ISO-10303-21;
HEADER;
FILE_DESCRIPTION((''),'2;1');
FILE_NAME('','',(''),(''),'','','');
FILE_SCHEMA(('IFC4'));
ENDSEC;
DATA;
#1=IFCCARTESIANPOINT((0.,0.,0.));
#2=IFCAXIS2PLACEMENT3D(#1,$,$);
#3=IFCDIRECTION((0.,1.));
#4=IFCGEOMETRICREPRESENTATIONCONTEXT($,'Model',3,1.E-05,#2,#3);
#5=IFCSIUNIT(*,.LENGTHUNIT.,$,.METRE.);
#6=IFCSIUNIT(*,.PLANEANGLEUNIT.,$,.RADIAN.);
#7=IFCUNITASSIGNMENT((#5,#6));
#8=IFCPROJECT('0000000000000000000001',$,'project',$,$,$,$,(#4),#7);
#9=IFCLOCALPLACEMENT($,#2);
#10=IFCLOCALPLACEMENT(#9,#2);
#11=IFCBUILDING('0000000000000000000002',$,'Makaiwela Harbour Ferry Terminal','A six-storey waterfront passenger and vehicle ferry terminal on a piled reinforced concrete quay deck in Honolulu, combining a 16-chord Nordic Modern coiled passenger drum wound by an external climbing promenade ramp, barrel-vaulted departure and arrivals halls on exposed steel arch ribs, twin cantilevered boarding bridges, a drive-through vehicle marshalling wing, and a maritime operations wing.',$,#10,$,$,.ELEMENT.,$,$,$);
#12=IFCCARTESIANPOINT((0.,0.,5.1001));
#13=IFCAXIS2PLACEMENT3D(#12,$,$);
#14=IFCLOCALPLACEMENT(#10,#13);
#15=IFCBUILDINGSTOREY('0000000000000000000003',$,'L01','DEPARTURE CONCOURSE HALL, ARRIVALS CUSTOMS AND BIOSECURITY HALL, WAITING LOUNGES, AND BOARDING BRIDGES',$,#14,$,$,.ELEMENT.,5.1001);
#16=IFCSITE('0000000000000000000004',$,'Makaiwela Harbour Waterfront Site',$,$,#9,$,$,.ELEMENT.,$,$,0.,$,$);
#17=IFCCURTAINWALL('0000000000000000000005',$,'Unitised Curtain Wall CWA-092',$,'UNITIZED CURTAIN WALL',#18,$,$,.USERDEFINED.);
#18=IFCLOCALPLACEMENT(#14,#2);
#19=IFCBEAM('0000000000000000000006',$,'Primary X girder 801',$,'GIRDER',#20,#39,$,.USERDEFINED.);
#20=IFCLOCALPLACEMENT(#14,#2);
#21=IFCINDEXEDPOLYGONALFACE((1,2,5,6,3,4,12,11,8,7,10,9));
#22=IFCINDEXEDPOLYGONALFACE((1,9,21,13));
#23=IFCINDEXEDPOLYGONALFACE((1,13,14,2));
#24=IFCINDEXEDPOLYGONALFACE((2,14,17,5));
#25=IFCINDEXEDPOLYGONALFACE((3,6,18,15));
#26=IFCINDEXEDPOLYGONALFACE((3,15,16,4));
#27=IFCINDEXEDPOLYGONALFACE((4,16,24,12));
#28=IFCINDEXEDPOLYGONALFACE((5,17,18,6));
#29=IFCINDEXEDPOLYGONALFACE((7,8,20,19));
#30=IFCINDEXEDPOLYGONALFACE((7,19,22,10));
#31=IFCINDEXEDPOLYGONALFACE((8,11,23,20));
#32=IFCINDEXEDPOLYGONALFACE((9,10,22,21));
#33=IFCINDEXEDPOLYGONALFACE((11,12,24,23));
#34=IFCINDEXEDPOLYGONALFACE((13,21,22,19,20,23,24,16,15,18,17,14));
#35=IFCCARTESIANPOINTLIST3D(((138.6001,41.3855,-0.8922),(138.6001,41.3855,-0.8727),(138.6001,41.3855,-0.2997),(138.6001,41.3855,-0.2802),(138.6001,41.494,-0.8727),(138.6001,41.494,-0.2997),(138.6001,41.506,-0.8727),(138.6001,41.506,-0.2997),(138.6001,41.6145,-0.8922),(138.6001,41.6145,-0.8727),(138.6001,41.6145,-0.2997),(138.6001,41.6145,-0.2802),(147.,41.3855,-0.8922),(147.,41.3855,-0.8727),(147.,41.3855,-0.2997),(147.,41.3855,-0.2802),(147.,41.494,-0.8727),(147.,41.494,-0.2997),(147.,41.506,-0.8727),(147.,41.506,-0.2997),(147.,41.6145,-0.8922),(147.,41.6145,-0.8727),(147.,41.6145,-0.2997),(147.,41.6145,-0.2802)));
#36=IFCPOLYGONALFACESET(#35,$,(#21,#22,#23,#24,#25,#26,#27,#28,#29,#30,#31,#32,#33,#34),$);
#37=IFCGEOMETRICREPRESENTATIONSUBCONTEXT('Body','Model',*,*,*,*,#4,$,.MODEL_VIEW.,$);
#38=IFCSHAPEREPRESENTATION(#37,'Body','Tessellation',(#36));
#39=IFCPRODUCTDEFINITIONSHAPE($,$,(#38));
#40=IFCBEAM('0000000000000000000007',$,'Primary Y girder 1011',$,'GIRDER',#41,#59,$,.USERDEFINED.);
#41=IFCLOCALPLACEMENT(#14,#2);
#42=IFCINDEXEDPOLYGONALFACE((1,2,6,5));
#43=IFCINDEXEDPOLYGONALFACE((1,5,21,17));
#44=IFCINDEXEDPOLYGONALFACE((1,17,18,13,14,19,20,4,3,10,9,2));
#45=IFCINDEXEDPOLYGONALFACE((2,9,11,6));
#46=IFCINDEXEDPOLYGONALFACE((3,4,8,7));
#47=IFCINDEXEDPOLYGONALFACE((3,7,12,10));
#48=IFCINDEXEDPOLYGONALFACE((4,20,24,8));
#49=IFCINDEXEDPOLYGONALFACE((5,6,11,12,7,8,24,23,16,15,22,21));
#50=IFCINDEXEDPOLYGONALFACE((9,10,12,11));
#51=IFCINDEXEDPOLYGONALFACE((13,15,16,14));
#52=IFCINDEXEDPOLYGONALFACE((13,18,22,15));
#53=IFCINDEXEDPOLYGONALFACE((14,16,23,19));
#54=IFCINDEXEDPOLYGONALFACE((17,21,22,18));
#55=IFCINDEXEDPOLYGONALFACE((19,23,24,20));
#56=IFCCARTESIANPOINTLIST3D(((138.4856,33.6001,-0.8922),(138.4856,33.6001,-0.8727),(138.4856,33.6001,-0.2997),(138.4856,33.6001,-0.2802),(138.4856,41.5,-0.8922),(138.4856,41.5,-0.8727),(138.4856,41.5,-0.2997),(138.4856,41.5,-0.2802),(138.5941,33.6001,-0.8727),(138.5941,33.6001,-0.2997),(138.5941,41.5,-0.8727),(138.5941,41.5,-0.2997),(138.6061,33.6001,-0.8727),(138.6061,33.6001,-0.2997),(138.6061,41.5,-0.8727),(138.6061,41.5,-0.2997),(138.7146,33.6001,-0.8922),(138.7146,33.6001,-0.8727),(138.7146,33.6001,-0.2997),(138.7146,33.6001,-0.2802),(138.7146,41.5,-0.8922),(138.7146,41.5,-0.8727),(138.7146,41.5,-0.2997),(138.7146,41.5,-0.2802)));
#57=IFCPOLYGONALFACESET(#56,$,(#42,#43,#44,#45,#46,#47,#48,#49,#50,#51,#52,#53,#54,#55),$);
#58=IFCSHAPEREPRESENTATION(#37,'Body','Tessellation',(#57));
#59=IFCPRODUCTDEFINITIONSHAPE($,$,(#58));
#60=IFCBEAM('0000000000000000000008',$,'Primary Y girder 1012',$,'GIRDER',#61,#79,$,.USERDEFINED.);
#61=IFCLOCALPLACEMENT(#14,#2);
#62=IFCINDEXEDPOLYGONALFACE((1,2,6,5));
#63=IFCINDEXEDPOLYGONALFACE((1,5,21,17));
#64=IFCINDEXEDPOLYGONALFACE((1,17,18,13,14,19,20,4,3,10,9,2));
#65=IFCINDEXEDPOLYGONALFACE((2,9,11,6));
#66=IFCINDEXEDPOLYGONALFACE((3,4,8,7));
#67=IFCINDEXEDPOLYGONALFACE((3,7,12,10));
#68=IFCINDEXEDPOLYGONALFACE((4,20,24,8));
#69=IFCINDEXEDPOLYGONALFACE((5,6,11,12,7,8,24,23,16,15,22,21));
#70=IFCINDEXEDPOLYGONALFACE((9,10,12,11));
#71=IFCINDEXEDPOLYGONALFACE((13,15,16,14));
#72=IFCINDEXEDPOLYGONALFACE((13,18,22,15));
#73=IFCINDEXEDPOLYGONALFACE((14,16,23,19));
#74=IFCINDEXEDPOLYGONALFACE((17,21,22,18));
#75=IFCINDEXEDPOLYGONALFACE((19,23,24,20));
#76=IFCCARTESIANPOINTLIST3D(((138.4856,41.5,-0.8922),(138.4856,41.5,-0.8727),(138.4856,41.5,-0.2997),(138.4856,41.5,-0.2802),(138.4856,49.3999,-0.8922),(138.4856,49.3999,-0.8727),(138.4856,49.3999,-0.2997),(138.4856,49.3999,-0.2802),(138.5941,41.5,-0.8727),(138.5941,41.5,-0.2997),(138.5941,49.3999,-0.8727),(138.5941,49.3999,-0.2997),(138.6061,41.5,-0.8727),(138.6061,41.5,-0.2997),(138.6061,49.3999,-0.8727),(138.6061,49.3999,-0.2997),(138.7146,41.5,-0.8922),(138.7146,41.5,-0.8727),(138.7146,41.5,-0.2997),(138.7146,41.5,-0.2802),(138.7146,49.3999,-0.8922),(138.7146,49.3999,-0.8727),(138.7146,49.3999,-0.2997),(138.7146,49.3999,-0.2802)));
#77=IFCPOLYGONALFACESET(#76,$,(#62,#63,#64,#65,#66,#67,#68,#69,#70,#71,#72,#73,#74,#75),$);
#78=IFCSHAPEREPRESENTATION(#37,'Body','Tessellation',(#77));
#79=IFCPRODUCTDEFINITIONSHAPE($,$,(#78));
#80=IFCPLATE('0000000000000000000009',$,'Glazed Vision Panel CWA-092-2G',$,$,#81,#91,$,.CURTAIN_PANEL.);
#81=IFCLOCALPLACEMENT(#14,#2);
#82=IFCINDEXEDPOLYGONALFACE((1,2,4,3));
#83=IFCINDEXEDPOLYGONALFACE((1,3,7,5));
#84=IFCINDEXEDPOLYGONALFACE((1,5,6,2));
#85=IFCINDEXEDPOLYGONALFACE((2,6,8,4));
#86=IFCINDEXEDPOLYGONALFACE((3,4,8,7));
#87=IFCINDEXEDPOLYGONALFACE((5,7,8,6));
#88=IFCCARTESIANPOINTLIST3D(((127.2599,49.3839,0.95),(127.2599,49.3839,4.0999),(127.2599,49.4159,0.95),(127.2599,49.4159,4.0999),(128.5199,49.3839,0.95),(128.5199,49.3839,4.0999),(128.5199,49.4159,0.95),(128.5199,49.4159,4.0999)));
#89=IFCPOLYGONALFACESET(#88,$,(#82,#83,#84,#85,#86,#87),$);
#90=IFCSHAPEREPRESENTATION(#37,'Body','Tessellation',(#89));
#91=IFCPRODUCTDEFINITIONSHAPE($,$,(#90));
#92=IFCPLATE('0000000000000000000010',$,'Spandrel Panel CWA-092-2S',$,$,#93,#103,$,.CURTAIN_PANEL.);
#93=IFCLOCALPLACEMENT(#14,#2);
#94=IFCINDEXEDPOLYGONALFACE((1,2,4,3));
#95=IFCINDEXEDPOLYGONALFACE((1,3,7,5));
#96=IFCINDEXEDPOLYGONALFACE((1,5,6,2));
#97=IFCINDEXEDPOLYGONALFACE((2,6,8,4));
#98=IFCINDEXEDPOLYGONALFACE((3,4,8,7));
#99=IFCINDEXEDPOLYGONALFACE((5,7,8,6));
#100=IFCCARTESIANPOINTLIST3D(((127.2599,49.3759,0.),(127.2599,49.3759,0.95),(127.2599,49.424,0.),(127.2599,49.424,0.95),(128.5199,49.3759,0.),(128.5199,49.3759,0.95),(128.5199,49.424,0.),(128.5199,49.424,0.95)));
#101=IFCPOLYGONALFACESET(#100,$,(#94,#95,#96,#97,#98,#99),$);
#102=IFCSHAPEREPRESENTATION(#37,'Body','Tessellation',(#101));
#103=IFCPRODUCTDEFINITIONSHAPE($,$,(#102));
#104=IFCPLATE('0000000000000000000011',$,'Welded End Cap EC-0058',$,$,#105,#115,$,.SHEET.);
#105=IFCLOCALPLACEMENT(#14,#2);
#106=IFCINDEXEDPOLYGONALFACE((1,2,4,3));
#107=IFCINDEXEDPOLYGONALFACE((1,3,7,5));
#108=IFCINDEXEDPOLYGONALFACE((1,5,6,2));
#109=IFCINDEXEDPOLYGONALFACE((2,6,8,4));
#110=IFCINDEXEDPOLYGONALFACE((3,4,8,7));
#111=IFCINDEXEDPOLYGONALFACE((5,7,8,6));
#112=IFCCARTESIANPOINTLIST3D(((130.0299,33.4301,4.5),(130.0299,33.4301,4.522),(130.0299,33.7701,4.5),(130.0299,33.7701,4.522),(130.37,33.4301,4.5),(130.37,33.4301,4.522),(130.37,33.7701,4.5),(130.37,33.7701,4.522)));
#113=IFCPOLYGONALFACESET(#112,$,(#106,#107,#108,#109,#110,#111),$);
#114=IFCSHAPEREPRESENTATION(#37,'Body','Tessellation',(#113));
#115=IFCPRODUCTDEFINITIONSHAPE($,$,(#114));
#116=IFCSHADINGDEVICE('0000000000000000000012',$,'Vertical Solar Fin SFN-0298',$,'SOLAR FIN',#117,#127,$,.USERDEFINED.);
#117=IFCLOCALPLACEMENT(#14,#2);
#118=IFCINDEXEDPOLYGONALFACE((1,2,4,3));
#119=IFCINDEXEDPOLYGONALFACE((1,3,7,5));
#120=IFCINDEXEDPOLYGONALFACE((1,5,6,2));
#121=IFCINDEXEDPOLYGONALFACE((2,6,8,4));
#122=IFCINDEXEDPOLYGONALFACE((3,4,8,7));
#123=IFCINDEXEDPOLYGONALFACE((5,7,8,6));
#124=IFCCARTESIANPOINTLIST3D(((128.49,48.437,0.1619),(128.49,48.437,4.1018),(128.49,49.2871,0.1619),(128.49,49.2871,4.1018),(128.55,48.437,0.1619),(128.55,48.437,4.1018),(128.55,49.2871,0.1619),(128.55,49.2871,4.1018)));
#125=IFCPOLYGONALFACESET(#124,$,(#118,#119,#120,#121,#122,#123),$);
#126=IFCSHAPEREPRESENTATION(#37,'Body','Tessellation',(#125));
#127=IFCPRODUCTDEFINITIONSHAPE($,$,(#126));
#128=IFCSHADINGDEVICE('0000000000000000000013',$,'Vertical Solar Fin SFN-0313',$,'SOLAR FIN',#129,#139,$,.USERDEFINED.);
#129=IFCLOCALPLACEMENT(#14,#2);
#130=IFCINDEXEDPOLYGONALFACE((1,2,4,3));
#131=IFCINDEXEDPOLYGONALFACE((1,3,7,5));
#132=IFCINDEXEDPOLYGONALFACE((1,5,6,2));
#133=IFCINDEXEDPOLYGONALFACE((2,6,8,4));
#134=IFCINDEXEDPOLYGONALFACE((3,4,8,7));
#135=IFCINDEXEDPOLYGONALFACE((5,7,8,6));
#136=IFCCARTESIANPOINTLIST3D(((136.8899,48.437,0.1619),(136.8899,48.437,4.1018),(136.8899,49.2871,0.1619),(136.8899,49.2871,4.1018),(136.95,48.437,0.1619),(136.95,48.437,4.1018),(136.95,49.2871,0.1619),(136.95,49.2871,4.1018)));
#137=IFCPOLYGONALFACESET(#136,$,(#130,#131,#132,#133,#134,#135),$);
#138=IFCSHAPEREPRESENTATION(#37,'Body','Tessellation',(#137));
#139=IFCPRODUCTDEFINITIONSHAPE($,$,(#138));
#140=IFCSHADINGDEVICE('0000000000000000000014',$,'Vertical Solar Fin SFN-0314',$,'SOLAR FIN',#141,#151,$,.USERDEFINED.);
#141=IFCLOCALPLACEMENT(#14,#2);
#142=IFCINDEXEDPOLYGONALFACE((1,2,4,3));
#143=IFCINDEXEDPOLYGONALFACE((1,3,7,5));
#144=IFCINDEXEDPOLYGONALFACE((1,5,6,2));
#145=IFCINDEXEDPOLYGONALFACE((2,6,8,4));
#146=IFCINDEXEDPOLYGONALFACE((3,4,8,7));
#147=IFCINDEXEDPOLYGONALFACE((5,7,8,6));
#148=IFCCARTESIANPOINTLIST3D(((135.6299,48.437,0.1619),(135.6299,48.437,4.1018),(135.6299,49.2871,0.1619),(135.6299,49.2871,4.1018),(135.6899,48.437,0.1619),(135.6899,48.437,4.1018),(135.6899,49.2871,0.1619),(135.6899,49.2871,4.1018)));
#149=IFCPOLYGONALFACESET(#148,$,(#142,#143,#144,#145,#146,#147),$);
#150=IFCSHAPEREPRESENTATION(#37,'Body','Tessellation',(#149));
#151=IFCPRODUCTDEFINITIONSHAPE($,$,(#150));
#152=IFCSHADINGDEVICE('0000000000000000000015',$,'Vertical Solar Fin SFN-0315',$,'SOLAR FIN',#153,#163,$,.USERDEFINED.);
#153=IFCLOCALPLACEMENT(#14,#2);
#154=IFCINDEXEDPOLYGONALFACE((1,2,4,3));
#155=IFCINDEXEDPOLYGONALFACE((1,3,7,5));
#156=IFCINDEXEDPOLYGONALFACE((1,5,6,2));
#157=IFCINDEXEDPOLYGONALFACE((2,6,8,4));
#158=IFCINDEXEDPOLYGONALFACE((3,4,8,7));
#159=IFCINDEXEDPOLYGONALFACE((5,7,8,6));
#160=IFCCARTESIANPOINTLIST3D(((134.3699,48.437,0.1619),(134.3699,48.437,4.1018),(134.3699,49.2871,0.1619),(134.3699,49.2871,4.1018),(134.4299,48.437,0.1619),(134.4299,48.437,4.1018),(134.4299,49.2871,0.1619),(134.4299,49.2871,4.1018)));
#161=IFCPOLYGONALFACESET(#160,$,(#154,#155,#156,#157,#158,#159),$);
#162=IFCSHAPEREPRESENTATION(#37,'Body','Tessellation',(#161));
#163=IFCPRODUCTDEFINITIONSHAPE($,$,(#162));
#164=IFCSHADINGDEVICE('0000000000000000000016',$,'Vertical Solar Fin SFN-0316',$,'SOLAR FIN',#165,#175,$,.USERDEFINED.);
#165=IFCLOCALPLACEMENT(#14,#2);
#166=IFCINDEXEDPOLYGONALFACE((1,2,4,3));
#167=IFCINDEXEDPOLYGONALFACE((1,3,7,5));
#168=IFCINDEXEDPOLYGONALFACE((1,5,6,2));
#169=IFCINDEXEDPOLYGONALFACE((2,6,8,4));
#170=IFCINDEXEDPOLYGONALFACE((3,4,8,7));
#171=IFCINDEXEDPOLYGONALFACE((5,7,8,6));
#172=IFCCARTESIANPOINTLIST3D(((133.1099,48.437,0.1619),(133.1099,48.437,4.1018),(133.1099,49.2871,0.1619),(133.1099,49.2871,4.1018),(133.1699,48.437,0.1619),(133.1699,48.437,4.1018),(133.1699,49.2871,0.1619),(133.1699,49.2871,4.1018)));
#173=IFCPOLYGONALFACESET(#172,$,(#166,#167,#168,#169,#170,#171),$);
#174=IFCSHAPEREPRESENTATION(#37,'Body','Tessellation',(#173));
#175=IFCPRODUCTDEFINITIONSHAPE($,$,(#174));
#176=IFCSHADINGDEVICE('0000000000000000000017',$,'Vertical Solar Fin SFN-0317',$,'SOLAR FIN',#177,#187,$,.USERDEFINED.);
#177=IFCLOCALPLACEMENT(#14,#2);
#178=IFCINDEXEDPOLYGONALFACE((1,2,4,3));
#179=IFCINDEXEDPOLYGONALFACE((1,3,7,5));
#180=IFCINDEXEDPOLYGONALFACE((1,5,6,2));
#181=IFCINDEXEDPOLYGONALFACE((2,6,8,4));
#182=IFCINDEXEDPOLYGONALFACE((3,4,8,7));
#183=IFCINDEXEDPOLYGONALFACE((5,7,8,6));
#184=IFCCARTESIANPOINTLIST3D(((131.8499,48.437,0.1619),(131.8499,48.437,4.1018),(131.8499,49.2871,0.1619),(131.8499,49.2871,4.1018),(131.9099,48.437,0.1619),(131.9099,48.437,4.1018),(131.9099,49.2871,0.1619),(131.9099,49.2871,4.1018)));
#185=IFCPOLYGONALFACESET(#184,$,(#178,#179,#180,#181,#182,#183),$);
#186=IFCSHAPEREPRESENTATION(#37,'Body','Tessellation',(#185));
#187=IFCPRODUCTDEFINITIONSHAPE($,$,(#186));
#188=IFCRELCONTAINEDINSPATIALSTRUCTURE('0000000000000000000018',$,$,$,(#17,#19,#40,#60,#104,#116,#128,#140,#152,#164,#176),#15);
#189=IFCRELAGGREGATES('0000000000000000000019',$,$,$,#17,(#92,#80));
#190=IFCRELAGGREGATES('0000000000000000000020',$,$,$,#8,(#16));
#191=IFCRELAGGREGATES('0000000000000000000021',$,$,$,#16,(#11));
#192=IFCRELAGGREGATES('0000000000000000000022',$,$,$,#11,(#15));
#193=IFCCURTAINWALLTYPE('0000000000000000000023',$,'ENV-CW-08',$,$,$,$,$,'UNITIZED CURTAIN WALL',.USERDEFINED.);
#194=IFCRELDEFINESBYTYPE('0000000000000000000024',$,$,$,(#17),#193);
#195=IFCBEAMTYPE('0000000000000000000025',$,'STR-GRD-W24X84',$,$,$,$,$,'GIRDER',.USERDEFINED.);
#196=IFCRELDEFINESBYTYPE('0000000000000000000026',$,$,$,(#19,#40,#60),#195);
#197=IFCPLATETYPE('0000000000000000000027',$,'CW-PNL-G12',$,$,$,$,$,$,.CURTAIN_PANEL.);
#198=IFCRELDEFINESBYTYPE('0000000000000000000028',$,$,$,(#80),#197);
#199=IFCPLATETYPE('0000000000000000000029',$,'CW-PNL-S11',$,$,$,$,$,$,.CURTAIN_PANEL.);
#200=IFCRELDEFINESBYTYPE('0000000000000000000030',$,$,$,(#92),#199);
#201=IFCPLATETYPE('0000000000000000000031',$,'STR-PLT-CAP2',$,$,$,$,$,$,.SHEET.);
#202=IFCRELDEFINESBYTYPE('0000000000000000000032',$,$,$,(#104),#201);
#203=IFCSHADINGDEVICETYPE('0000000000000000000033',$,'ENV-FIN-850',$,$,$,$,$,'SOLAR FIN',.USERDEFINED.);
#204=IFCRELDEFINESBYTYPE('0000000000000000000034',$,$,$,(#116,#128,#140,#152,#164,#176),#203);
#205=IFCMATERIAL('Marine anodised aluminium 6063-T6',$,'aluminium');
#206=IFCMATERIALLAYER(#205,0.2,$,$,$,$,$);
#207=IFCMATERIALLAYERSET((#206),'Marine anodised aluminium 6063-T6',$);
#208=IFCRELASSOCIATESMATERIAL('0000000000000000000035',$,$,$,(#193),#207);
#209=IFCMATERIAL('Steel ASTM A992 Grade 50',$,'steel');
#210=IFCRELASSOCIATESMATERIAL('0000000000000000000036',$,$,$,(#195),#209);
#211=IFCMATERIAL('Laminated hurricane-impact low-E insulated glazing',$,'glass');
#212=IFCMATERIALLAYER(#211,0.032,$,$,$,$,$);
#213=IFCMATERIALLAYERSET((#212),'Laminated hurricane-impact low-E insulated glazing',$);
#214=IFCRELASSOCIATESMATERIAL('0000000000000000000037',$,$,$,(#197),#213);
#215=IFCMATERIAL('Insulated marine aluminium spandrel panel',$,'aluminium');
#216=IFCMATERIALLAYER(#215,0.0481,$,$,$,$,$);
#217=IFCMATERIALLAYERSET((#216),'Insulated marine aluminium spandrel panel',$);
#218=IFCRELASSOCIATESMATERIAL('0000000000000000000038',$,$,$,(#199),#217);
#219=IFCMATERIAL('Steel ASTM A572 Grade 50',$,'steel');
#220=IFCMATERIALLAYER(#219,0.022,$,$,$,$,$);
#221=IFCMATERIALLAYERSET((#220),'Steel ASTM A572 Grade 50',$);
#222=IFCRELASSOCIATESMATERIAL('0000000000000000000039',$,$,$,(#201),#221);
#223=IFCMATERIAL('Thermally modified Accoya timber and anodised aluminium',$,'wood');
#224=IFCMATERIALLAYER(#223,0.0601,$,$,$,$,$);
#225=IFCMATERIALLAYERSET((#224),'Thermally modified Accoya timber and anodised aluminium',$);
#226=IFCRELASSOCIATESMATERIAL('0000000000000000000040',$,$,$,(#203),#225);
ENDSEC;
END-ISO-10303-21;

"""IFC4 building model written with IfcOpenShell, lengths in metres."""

from ifc_helpers import new_model, si_unit, direction, frame, origin, origin_2d, place, context, subcontext, project, spatial, rectangle, i_section, extrude, material, layer, layer_set, material_profile, profile_set, type_object, element, aggregate, save


model = new_model("IFC4")

# Units and contexts
model_context = context("Model", 3, precision=1e-05, world=origin(), true_north=direction((0.0, 1.0)))
body_context = subcontext(model_context, "Body", "Model", "MODEL_VIEW")
ifc_project = project(units=[si_unit("LENGTHUNIT", "METRE"), si_unit("PLANEANGLEUNIT", "RADIAN")], contexts=[model_context])

# Site, building, storey
site_placement = place(None, origin())
site = spatial("IfcSite", under=ifc_project, at=site_placement, Name="Makaiwela Harbour Waterfront Site", CompositionType="ELEMENT", RefElevation=0.0)
building_placement = place(site_placement, origin())
building = spatial("IfcBuilding", under=site, at=building_placement, Name="Makaiwela Harbour Ferry Terminal", Description="A six-storey waterfront passenger and vehicle ferry terminal on a piled reinforced concrete quay deck in Honolulu, combining a 16-chord Nordic Modern coiled passenger drum wound by an external climbing promenade ramp, barrel-vaulted departure and arrivals halls on exposed steel arch ribs, twin cantilevered boarding bridges, a drive-through vehicle marshalling wing, and a maritime operations wing.", CompositionType="ELEMENT")
storey_placement = place(building_placement, frame((0.0, 0.0, 5.1001)))
storey = spatial("IfcBuildingStorey", under=building, at=storey_placement, Name="L01", Description="DEPARTURE CONCOURSE HALL, ARRIVALS CUSTOMS AND BIOSECURITY HALL, WAITING LOUNGES, AND BOARDING BRIDGES", CompositionType="ELEMENT", Elevation=5.1001)

# Shared definitions
ifc_material_1 = material(Name="Steel ASTM A992 Grade 50", Category="steel")

# Curtain wall
ifc_material_2 = material(Name="Marine anodised aluminium 6063-T6", Category="aluminium")
ifc_layer_1 = layer(ifc_material_2, 0.2)
ifc_layer_set_1 = layer_set([ifc_layer_1], Name="Marine anodised aluminium 6063-T6")
curtain_wall_type = type_object("IfcCurtainWallType", Name="ENV-CW-08", ElementType="UNITIZED CURTAIN WALL", PredefinedType="USERDEFINED", material=ifc_layer_set_1)
curtain_wall_placement = place(storey_placement, origin())
curtain_wall = element("IfcCurtainWall", 1, at=curtain_wall_placement, inside=storey, type_object=curtain_wall_type, Name="Unitised Curtain Wall CWA-092", ObjectType="UNITIZED CURTAIN WALL", PredefinedType="USERDEFINED")

# Beams
ifc_material_profile_1 = material_profile(ifc_material_1, i_section(OverallWidth=0.229, OverallDepth=0.6121, WebThickness=0.012, FlangeThickness=0.0195, at=origin_2d()), Name="W24X84")
ifc_profile_set_1 = profile_set([ifc_material_profile_1], Name="Steel ASTM A992 Grade 50")
beam_type = type_object("IfcBeamType", Name="STR-GRD-W24X84", ElementType="GIRDER", PredefinedType="USERDEFINED", material=ifc_profile_set_1)
for number, where, z_axis, x_axis, name in (
    (2, (138.6001, 41.5, -0.5862), (1.0, 0.0, 0.0), (0.0, 1.0, 0.0), "Primary X girder 801"),
):
    element("IfcBeam", number, at=place(storey_placement, frame(where, z_axis=z_axis, x_axis=x_axis)), inside=storey, type_object=beam_type, Name=name, ObjectType="GIRDER", PredefinedType="USERDEFINED", context=body_context, shape_type="SweptSolid", body=[
        extrude(i_section(OverallWidth=0.229, OverallDepth=0.6121, WebThickness=0.012, FlangeThickness=0.0195, at=origin_2d()), origin(), (0.0, 0.0, 1.0), 8.3999),
    ])
for number, where, z_axis, x_axis, name in (
    (3, (138.6001, 33.6001, -0.5862), (0.0, 1.0, 0.0), (-1.0, 0.0, 0.0), "Primary Y girder 1011"),
    (4, (138.6001, 41.5, -0.5862), (0.0, 1.0, 0.0), (-1.0, 0.0, 0.0), "Primary Y girder 1012"),
):
    element("IfcBeam", number, at=place(storey_placement, frame(where, z_axis=z_axis, x_axis=x_axis)), inside=storey, type_object=beam_type, Name=name, ObjectType="GIRDER", PredefinedType="USERDEFINED", context=body_context, shape_type="SweptSolid", body=[
        extrude(i_section(OverallWidth=0.229, OverallDepth=0.6121, WebThickness=0.012, FlangeThickness=0.0195, at=origin_2d()), origin(), (0.0, 0.0, 1.0), 7.8999),
    ])

# Plates
ifc_material_3 = material(Name="Laminated hurricane-impact low-E insulated glazing", Category="glass")
ifc_layer_2 = layer(ifc_material_3, 0.032)
ifc_layer_set_2 = layer_set([ifc_layer_2], Name="Laminated hurricane-impact low-E insulated glazing")
plate_type_1 = type_object("IfcPlateType", Name="CW-PNL-G12", PredefinedType="CURTAIN_PANEL", material=ifc_layer_set_2)
plate_1_placement = place(storey_placement, frame((127.8899, 49.3999, 0.95), z_axis=(0.0, 0.0, 1.0), x_axis=(-1.0, 0.0, 0.0)))
plate_1 = element("IfcPlate", 5, at=plate_1_placement, type_object=plate_type_1, Name="Glazed Vision Panel CWA-092-2G", PredefinedType="CURTAIN_PANEL", context=body_context, shape_type="SweptSolid", body=[
    extrude(rectangle(XDim=1.26, YDim=0.032, at=origin_2d()), origin(), (0.0, 0.0, 1.0), 3.1499),
])
ifc_material_4 = material(Name="Insulated marine aluminium spandrel panel", Category="aluminium")
ifc_layer_3 = layer(ifc_material_4, 0.0481)
ifc_layer_set_3 = layer_set([ifc_layer_3], Name="Insulated marine aluminium spandrel panel")
plate_type_2 = type_object("IfcPlateType", Name="CW-PNL-S11", PredefinedType="CURTAIN_PANEL", material=ifc_layer_set_3)
plate_2_placement = place(storey_placement, frame((127.8899, 49.3999, 0.0), z_axis=(0.0, 0.0, 1.0), x_axis=(-1.0, 0.0, 0.0)))
plate_2 = element("IfcPlate", 6, at=plate_2_placement, type_object=plate_type_2, Name="Spandrel Panel CWA-092-2S", PredefinedType="CURTAIN_PANEL", context=body_context, shape_type="SweptSolid", body=[
    extrude(rectangle(XDim=1.26, YDim=0.0481, at=origin_2d()), origin(), (0.0, 0.0, 1.0), 0.95),
])
aggregate(curtain_wall, [plate_2, plate_1])
ifc_material_5 = material(Name="Steel ASTM A572 Grade 50", Category="steel")
ifc_layer_4 = layer(ifc_material_5, 0.022)
ifc_layer_set_4 = layer_set([ifc_layer_4], Name="Steel ASTM A572 Grade 50")
plate_type_3 = type_object("IfcPlateType", Name="STR-PLT-CAP2", PredefinedType="SHEET", material=ifc_layer_set_4)
plate_3_placement = place(storey_placement, frame((130.2, 33.6001, 4.5), z_axis=(0.0, 0.0, 1.0), x_axis=(1.0, 0.0, 0.0)))
element("IfcPlate", 7, at=plate_3_placement, inside=storey, type_object=plate_type_3, Name="Welded End Cap EC-0058", PredefinedType="SHEET", context=body_context, shape_type="SweptSolid", body=[
    extrude(rectangle(XDim=0.3401, YDim=0.3401, at=origin_2d()), origin(), (0.0, 0.0, 1.0), 0.022),
])

# Shading devices
ifc_material_6 = material(Name="Thermally modified Accoya timber and anodised aluminium", Category="wood")
ifc_layer_5 = layer(ifc_material_6, 0.0601)
ifc_layer_set_5 = layer_set([ifc_layer_5], Name="Thermally modified Accoya timber and anodised aluminium")
shading_device_type = type_object("IfcShadingDeviceType", Name="ENV-FIN-850", ElementType="SOLAR FIN", PredefinedType="USERDEFINED", material=ifc_layer_set_5)
for number, where, z_axis, x_axis, name in (
    (8, (128.52, 48.8621, 0.1619), (0.0, 0.0, 1.0), (0.0, -1.0, 0.0), "Vertical Solar Fin SFN-0298"),
    (9, (136.9199, 48.8621, 0.1619), (0.0, 0.0, 1.0), (0.0, -1.0, 0.0), "Vertical Solar Fin SFN-0313"),
    (10, (135.6599, 48.8621, 0.1619), (0.0, 0.0, 1.0), (0.0, -1.0, 0.0), "Vertical Solar Fin SFN-0314"),
    (11, (134.3999, 48.8621, 0.1619), (0.0, 0.0, 1.0), (0.0, -1.0, 0.0), "Vertical Solar Fin SFN-0315"),
    (12, (133.1399, 48.8621, 0.1619), (0.0, 0.0, 1.0), (0.0, -1.0, 0.0), "Vertical Solar Fin SFN-0316"),
    (13, (131.8799, 48.8621, 0.1619), (0.0, 0.0, 1.0), (0.0, -1.0, 0.0), "Vertical Solar Fin SFN-0317"),
):
    element("IfcShadingDevice", number, at=place(storey_placement, frame(where, z_axis=z_axis, x_axis=x_axis)), inside=storey, type_object=shading_device_type, Name=name, ObjectType="SOLAR FIN", PredefinedType="USERDEFINED", context=body_context, shape_type="SweptSolid", body=[
        extrude(rectangle(XDim=0.8501, YDim=0.0601, at=origin_2d()), origin(), (0.0, 0.0, 1.0), 3.9399),
    ])

save(model, "model.ifc")
